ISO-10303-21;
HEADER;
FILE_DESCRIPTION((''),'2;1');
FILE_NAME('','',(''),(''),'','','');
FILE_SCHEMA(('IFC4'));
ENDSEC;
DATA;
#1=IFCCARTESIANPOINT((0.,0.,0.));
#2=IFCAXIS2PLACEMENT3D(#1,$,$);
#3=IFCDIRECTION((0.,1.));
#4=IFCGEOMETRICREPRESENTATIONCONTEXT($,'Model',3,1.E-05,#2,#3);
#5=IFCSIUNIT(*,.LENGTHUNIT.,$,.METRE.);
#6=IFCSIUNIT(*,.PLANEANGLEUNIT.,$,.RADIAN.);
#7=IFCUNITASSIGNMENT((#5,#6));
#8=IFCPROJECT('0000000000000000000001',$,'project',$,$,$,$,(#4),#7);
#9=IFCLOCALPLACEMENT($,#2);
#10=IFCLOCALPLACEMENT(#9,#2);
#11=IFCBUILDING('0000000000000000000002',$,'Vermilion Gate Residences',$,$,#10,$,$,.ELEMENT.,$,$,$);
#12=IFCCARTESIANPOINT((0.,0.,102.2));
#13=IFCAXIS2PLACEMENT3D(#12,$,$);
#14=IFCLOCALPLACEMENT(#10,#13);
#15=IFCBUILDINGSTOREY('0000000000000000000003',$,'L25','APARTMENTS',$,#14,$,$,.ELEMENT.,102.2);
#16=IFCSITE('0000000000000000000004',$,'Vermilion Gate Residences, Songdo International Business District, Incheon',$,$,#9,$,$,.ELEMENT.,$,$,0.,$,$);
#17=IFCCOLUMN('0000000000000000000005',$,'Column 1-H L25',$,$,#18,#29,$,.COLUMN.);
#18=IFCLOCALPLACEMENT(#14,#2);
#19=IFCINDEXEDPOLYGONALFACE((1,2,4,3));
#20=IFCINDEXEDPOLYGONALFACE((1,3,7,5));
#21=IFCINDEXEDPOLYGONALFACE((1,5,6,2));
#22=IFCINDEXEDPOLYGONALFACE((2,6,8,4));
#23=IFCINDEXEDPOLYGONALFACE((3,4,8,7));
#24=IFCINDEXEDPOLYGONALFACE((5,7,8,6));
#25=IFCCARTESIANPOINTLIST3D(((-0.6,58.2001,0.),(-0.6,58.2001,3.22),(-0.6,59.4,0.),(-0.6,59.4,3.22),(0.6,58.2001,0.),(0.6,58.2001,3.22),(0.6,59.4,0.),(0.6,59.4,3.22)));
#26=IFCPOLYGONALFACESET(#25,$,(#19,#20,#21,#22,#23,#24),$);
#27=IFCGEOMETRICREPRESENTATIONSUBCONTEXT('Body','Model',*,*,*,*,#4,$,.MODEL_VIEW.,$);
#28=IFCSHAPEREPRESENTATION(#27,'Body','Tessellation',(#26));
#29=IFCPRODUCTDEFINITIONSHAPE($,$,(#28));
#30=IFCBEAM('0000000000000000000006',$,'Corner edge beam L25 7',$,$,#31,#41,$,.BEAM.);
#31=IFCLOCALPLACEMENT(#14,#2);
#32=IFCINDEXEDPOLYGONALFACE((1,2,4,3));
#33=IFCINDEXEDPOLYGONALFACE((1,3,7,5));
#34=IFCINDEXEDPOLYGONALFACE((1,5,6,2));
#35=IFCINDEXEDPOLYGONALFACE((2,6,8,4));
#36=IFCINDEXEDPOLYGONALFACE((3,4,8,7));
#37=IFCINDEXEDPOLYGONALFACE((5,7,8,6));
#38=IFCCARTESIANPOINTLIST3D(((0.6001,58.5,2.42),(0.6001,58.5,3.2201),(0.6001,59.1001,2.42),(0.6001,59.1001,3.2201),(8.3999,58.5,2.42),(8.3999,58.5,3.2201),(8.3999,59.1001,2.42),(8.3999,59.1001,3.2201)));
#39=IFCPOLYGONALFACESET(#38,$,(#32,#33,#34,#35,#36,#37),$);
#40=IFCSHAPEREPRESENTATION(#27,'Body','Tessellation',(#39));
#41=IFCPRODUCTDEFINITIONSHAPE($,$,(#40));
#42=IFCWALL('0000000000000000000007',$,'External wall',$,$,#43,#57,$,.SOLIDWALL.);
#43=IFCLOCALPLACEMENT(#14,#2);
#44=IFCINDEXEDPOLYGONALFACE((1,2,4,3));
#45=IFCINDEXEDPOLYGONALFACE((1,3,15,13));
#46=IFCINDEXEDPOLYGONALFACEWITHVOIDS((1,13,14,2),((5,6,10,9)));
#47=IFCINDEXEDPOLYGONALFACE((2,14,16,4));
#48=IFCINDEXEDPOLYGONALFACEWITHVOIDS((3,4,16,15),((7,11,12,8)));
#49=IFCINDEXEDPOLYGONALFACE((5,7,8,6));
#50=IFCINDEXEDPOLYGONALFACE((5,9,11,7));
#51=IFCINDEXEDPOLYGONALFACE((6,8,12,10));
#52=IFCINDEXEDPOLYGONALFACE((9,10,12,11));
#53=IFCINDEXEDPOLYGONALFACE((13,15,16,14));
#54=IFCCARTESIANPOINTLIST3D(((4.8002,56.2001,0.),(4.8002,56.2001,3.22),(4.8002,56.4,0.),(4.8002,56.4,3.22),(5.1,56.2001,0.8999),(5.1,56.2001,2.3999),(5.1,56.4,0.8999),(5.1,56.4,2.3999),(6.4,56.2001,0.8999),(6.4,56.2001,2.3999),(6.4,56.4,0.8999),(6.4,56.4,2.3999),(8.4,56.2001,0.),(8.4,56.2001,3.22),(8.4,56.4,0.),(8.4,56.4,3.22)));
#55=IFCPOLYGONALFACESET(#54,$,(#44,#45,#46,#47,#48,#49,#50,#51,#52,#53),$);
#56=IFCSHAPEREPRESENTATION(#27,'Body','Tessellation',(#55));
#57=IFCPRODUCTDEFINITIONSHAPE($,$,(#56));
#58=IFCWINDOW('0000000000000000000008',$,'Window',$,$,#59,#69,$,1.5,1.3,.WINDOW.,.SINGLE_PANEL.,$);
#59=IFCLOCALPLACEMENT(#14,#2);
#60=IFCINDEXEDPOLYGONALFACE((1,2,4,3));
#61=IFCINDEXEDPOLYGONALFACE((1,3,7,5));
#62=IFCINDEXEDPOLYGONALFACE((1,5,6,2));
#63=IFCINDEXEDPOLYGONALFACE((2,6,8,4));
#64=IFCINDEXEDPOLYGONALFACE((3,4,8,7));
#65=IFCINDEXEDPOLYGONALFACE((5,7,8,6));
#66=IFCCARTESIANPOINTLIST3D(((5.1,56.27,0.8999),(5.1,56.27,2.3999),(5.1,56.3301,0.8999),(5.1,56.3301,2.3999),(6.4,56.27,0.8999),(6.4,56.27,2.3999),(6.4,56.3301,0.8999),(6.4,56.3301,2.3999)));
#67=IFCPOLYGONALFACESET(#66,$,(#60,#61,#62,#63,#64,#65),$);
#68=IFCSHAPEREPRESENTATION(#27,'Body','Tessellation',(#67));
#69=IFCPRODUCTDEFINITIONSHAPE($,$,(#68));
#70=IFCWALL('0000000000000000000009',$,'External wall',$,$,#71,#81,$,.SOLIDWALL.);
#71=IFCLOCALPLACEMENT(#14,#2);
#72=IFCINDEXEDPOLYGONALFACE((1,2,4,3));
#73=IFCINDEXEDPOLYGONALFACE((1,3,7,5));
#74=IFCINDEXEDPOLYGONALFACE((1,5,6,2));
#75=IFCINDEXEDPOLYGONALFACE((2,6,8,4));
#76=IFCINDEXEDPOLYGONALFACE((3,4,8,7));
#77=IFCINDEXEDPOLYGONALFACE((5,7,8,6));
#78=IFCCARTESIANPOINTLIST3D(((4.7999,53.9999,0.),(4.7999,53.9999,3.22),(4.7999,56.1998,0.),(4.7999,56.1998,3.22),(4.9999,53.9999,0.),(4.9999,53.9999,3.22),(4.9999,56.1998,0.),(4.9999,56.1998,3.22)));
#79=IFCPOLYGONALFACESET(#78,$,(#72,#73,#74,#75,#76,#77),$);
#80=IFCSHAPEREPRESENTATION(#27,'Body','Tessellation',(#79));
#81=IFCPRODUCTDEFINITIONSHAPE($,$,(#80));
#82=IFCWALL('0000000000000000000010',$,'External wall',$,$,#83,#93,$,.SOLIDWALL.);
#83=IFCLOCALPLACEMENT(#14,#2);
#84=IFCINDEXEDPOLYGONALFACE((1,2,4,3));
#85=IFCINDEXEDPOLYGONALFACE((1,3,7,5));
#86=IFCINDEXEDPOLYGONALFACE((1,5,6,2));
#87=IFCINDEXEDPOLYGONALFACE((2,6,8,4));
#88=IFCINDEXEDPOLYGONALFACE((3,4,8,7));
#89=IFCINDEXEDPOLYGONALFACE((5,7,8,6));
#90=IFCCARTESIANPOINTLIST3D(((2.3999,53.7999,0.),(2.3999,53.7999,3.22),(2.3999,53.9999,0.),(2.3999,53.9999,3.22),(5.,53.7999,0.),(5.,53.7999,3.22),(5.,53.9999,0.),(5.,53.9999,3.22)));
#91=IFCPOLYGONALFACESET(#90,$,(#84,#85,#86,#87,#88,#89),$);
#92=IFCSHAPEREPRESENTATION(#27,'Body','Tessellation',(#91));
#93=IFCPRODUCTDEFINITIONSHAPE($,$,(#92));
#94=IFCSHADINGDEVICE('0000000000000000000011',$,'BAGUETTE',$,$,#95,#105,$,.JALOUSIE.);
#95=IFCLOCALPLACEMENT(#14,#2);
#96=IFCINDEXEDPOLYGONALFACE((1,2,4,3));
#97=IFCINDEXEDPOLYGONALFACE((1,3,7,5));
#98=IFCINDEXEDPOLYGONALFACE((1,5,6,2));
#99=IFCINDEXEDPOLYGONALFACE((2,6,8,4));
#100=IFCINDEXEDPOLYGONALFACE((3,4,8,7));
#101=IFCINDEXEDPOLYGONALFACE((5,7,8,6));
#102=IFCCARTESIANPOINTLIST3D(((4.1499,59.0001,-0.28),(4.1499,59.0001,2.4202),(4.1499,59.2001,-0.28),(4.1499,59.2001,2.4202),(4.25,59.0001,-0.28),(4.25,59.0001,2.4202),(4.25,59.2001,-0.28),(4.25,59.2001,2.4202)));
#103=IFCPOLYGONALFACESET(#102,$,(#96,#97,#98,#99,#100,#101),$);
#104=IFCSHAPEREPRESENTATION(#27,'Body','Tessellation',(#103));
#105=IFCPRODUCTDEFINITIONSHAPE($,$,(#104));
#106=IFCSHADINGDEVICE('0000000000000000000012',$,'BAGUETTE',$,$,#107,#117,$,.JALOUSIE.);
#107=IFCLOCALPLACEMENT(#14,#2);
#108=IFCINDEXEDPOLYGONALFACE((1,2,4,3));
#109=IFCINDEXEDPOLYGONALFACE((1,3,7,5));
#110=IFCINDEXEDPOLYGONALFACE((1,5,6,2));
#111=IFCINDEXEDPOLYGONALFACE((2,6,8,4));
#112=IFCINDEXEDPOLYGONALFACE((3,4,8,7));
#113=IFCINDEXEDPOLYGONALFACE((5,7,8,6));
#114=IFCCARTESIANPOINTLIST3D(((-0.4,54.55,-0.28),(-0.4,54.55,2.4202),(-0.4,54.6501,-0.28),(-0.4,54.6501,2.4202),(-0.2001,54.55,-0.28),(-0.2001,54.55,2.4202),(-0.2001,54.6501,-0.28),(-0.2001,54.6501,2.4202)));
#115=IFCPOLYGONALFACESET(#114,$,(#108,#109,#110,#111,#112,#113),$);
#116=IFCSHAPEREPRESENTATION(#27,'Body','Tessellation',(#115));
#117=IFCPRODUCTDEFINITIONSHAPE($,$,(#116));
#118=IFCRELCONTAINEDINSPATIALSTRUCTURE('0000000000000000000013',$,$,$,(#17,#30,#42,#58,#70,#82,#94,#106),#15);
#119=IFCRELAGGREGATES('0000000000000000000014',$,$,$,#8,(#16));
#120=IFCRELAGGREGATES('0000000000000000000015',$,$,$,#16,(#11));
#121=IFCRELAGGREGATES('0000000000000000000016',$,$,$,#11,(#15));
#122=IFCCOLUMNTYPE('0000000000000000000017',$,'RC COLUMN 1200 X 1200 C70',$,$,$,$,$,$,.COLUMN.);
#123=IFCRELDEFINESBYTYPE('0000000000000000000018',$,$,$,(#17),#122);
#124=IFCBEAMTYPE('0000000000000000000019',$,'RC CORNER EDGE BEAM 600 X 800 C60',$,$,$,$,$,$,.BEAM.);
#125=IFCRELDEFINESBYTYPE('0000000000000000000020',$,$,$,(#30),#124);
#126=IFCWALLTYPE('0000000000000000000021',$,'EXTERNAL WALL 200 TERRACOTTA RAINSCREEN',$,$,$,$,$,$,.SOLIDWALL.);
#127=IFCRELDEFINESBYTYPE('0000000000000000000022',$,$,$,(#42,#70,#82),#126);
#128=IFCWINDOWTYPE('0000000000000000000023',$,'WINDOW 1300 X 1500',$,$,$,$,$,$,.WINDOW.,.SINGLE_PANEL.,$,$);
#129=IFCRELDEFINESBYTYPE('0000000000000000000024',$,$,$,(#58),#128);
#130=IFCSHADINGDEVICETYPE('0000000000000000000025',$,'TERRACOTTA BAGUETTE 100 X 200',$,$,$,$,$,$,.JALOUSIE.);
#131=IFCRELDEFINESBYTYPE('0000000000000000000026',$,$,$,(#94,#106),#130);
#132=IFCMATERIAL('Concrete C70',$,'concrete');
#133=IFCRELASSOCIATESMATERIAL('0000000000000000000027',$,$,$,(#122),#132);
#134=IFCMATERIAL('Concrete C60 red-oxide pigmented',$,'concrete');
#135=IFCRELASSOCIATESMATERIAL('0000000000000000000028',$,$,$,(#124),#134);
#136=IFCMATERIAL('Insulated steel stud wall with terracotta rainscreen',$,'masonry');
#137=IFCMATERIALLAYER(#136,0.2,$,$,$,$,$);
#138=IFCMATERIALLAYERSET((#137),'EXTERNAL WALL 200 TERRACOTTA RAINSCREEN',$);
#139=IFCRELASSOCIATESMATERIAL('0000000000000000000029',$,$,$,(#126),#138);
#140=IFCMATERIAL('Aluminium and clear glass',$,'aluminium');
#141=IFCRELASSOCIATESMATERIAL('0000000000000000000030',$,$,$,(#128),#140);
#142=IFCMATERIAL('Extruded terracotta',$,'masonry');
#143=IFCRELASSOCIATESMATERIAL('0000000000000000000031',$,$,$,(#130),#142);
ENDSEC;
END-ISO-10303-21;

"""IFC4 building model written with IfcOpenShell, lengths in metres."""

from ifc_helpers import new_model, si_unit, direction, frame, frame_2d, origin, origin_2d, place, context, subcontext, project, spatial, rectangle, extrude, material, layer, layer_set, material_profile, profile_set, type_object, element, fill, save


model = new_model("IFC4")

# Units and contexts
model_context = context("Model", 3, precision=1e-05, world=origin(), true_north=direction((0.0, 1.0)))
body_context = subcontext(model_context, "Body", "Model", "MODEL_VIEW")
ifc_project = project(units=[si_unit("LENGTHUNIT", "METRE"), si_unit("PLANEANGLEUNIT", "RADIAN")], contexts=[model_context])

# Site, building, storey
site_placement = place(None, origin())
site = spatial("IfcSite", under=ifc_project, at=site_placement, Name="Vermilion Gate Residences, Songdo International Business District, Incheon", CompositionType="ELEMENT", RefElevation=0.0)
building_placement = place(site_placement, origin())
building = spatial("IfcBuilding", under=site, at=building_placement, Name="Vermilion Gate Residences", CompositionType="ELEMENT")
storey_placement = place(building_placement, frame((0.0, 0.0, 102.2)))
storey = spatial("IfcBuildingStorey", under=building, at=storey_placement, Name="L25", Description="APARTMENTS", CompositionType="ELEMENT", Elevation=102.2)

# Column
ifc_material_1 = material(Name="Concrete C70", Category="concrete")
ifc_material_profile_1 = material_profile(ifc_material_1, rectangle(XDim=1.2, YDim=1.2, at=origin_2d()), Name="RC-1200x1200")
ifc_profile_set_1 = profile_set([ifc_material_profile_1], Name="Concrete C70")
column_type = type_object("IfcColumnType", Name="RC COLUMN 1200 X 1200 C70", PredefinedType="COLUMN", material=ifc_profile_set_1)
column_placement = place(storey_placement, frame((0.0, 58.8, 0.0), z_axis=(0.0, 0.0, 1.0), x_axis=(1.0, 0.0, 0.0)))
element("IfcColumn", 1, at=column_placement, inside=storey, type_object=column_type, Name="Column 1-H L25", PredefinedType="COLUMN", context=body_context, shape_type="SweptSolid", body=[
    extrude(rectangle(XDim=1.2, YDim=1.2, at=origin_2d()), origin(), (0.0, 0.0, 1.0), 3.22),
])

# Beam
ifc_material_2 = material(Name="Concrete C60 red-oxide pigmented", Category="concrete")
ifc_material_profile_2 = material_profile(ifc_material_2, rectangle(XDim=0.6001, YDim=0.8, at=origin_2d()), Name="RC-600x800")
ifc_profile_set_2 = profile_set([ifc_material_profile_2], Name="Concrete C60 red-oxide pigmented")
beam_type = type_object("IfcBeamType", Name="RC CORNER EDGE BEAM 600 X 800 C60", PredefinedType="BEAM", material=ifc_profile_set_2)
beam_placement = place(storey_placement, frame((0.6001, 58.8, 2.8201), z_axis=(1.0, 0.0, 0.0), x_axis=(0.0, 1.0, 0.0)))
element("IfcBeam", 2, at=beam_placement, inside=storey, type_object=beam_type, Name="Corner edge beam L25 7", PredefinedType="BEAM", context=body_context, shape_type="SweptSolid", body=[
    extrude(rectangle(XDim=0.6001, YDim=0.8, at=origin_2d()), origin(), (0.0, 0.0, 1.0), 7.7998),
])

# Wall, opening, window
ifc_material_3 = material(Name="Insulated steel stud wall with terracotta rainscreen", Category="masonry")
ifc_layer = layer(ifc_material_3, 0.2)
ifc_layer_set = layer_set([ifc_layer], Name="EXTERNAL WALL 200 TERRACOTTA RAINSCREEN")
wall_type = type_object("IfcWallType", Name="EXTERNAL WALL 200 TERRACOTTA RAINSCREEN", PredefinedType="SOLIDWALL", material=ifc_layer_set)
wall_1_placement = place(storey_placement, frame((8.3999, 56.3, 0.0), z_axis=(0.0, 0.0, 1.0), x_axis=(-1.0, 0.0, 0.0)))
wall_1 = element("IfcWall", 3, at=wall_1_placement, inside=storey, type_object=wall_type, Name="External wall", PredefinedType="SOLIDWALL", context=body_context, shape_type="SweptSolid", body=[
    extrude(rectangle(XDim=3.5999, YDim=0.2, at=frame_2d((1.7998, 0.0))), origin(), (0.0, 0.0, 1.0), 3.22),
])
opening_1_placement = place(wall_1_placement, frame((2.0, 0.0, 0.8999)))
opening_1 = element("IfcOpeningElement", 4, at=opening_1_placement, cuts=wall_1, PredefinedType="OPENING", context=body_context, shape_type="SweptSolid", body=[
    extrude(rectangle(XDim=1.3, YDim=1.5, at=frame_2d((0.6499, 0.75))), frame((0.0, 0.1099, 0.0), z_axis=(0.0, -1.0, 0.0), x_axis=(1.0, 0.0, 0.0)), (0.0, 0.0, 1.0), 0.22),
])
ifc_material_4 = material(Name="Aluminium and clear glass", Category="aluminium")
window_type_1 = type_object("IfcWindowType", Name="WINDOW 1300 X 1500", PartitioningType="SINGLE_PANEL", PredefinedType="WINDOW", material=ifc_material_4)
window_1_placement = place(opening_1_placement, origin())
window_1 = element("IfcWindow", 5, at=window_1_placement, inside=storey, type_object=window_type_1, Name="Window", OverallHeight=1.5, OverallWidth=1.3, PartitioningType="SINGLE_PANEL", PredefinedType="WINDOW", context=body_context, shape_type="SweptSolid", body=[
    extrude(rectangle(XDim=1.3, YDim=1.5, at=frame_2d((0.6499, 0.75))), frame((0.0, 0.03, 0.0), z_axis=(0.0, -1.0, 0.0), x_axis=(1.0, 0.0, 0.0)), (0.0, 0.0, 1.0), 0.0601),
])
fill(opening_1, window_1)

# Walls
wall_2_placement = place(storey_placement, frame((4.8999, 56.2, 0.0), z_axis=(0.0, 0.0, 1.0), x_axis=(0.0, -1.0, 0.0)))
element("IfcWall", 6, at=wall_2_placement, inside=storey, type_object=wall_type, Name="External wall", PredefinedType="SOLIDWALL", context=body_context, shape_type="SweptSolid", body=[
    extrude(rectangle(XDim=2.2, YDim=0.2, at=frame_2d((1.1001, 0.0))), origin(), (0.0, 0.0, 1.0), 3.22),
])
wall_3_placement = place(storey_placement, frame((5.0, 53.8999, 0.0), z_axis=(0.0, 0.0, 1.0), x_axis=(-1.0, 0.0, 0.0)))
element("IfcWall", 7, at=wall_3_placement, inside=storey, type_object=wall_type, Name="External wall", PredefinedType="SOLIDWALL", context=body_context, shape_type="SweptSolid", body=[
    extrude(rectangle(XDim=2.6001, YDim=0.2, at=frame_2d((1.3, 0.0))), origin(), (0.0, 0.0, 1.0), 3.22),
])

# Shading devices
ifc_material_5 = material(Name="Extruded terracotta", Category="masonry")
ifc_material_profile_3 = material_profile(ifc_material_5, rectangle(XDim=0.2, YDim=0.1001, at=origin_2d()), Name="BAGUETTE 100 X 200")
ifc_profile_set_3 = profile_set([ifc_material_profile_3], Name="Extruded terracotta")
shading_device_type = type_object("IfcShadingDeviceType", Name="TERRACOTTA BAGUETTE 100 X 200", PredefinedType="JALOUSIE", material=ifc_profile_set_3)
for number, where, z_axis, x_axis, name in (
    (8, (4.2, 59.1001, -0.28), (0.0, 0.0, 1.0), (0.0, -1.0, 0.0), "BAGUETTE"),
    (9, (-0.3, 54.6001, -0.28), (0.0, 0.0, 1.0), (1.0, 0.0, 0.0), "BAGUETTE"),
):
    element("IfcShadingDevice", number, at=place(storey_placement, frame(where, z_axis=z_axis, x_axis=x_axis)), inside=storey, type_object=shading_device_type, Name=name, PredefinedType="JALOUSIE", context=body_context, shape_type="SweptSolid", body=[
        extrude(rectangle(XDim=0.2, YDim=0.1001, at=origin_2d()), origin(), (0.0, 0.0, 1.0), 2.7002),
    ])

save(model, "model.ifc")
